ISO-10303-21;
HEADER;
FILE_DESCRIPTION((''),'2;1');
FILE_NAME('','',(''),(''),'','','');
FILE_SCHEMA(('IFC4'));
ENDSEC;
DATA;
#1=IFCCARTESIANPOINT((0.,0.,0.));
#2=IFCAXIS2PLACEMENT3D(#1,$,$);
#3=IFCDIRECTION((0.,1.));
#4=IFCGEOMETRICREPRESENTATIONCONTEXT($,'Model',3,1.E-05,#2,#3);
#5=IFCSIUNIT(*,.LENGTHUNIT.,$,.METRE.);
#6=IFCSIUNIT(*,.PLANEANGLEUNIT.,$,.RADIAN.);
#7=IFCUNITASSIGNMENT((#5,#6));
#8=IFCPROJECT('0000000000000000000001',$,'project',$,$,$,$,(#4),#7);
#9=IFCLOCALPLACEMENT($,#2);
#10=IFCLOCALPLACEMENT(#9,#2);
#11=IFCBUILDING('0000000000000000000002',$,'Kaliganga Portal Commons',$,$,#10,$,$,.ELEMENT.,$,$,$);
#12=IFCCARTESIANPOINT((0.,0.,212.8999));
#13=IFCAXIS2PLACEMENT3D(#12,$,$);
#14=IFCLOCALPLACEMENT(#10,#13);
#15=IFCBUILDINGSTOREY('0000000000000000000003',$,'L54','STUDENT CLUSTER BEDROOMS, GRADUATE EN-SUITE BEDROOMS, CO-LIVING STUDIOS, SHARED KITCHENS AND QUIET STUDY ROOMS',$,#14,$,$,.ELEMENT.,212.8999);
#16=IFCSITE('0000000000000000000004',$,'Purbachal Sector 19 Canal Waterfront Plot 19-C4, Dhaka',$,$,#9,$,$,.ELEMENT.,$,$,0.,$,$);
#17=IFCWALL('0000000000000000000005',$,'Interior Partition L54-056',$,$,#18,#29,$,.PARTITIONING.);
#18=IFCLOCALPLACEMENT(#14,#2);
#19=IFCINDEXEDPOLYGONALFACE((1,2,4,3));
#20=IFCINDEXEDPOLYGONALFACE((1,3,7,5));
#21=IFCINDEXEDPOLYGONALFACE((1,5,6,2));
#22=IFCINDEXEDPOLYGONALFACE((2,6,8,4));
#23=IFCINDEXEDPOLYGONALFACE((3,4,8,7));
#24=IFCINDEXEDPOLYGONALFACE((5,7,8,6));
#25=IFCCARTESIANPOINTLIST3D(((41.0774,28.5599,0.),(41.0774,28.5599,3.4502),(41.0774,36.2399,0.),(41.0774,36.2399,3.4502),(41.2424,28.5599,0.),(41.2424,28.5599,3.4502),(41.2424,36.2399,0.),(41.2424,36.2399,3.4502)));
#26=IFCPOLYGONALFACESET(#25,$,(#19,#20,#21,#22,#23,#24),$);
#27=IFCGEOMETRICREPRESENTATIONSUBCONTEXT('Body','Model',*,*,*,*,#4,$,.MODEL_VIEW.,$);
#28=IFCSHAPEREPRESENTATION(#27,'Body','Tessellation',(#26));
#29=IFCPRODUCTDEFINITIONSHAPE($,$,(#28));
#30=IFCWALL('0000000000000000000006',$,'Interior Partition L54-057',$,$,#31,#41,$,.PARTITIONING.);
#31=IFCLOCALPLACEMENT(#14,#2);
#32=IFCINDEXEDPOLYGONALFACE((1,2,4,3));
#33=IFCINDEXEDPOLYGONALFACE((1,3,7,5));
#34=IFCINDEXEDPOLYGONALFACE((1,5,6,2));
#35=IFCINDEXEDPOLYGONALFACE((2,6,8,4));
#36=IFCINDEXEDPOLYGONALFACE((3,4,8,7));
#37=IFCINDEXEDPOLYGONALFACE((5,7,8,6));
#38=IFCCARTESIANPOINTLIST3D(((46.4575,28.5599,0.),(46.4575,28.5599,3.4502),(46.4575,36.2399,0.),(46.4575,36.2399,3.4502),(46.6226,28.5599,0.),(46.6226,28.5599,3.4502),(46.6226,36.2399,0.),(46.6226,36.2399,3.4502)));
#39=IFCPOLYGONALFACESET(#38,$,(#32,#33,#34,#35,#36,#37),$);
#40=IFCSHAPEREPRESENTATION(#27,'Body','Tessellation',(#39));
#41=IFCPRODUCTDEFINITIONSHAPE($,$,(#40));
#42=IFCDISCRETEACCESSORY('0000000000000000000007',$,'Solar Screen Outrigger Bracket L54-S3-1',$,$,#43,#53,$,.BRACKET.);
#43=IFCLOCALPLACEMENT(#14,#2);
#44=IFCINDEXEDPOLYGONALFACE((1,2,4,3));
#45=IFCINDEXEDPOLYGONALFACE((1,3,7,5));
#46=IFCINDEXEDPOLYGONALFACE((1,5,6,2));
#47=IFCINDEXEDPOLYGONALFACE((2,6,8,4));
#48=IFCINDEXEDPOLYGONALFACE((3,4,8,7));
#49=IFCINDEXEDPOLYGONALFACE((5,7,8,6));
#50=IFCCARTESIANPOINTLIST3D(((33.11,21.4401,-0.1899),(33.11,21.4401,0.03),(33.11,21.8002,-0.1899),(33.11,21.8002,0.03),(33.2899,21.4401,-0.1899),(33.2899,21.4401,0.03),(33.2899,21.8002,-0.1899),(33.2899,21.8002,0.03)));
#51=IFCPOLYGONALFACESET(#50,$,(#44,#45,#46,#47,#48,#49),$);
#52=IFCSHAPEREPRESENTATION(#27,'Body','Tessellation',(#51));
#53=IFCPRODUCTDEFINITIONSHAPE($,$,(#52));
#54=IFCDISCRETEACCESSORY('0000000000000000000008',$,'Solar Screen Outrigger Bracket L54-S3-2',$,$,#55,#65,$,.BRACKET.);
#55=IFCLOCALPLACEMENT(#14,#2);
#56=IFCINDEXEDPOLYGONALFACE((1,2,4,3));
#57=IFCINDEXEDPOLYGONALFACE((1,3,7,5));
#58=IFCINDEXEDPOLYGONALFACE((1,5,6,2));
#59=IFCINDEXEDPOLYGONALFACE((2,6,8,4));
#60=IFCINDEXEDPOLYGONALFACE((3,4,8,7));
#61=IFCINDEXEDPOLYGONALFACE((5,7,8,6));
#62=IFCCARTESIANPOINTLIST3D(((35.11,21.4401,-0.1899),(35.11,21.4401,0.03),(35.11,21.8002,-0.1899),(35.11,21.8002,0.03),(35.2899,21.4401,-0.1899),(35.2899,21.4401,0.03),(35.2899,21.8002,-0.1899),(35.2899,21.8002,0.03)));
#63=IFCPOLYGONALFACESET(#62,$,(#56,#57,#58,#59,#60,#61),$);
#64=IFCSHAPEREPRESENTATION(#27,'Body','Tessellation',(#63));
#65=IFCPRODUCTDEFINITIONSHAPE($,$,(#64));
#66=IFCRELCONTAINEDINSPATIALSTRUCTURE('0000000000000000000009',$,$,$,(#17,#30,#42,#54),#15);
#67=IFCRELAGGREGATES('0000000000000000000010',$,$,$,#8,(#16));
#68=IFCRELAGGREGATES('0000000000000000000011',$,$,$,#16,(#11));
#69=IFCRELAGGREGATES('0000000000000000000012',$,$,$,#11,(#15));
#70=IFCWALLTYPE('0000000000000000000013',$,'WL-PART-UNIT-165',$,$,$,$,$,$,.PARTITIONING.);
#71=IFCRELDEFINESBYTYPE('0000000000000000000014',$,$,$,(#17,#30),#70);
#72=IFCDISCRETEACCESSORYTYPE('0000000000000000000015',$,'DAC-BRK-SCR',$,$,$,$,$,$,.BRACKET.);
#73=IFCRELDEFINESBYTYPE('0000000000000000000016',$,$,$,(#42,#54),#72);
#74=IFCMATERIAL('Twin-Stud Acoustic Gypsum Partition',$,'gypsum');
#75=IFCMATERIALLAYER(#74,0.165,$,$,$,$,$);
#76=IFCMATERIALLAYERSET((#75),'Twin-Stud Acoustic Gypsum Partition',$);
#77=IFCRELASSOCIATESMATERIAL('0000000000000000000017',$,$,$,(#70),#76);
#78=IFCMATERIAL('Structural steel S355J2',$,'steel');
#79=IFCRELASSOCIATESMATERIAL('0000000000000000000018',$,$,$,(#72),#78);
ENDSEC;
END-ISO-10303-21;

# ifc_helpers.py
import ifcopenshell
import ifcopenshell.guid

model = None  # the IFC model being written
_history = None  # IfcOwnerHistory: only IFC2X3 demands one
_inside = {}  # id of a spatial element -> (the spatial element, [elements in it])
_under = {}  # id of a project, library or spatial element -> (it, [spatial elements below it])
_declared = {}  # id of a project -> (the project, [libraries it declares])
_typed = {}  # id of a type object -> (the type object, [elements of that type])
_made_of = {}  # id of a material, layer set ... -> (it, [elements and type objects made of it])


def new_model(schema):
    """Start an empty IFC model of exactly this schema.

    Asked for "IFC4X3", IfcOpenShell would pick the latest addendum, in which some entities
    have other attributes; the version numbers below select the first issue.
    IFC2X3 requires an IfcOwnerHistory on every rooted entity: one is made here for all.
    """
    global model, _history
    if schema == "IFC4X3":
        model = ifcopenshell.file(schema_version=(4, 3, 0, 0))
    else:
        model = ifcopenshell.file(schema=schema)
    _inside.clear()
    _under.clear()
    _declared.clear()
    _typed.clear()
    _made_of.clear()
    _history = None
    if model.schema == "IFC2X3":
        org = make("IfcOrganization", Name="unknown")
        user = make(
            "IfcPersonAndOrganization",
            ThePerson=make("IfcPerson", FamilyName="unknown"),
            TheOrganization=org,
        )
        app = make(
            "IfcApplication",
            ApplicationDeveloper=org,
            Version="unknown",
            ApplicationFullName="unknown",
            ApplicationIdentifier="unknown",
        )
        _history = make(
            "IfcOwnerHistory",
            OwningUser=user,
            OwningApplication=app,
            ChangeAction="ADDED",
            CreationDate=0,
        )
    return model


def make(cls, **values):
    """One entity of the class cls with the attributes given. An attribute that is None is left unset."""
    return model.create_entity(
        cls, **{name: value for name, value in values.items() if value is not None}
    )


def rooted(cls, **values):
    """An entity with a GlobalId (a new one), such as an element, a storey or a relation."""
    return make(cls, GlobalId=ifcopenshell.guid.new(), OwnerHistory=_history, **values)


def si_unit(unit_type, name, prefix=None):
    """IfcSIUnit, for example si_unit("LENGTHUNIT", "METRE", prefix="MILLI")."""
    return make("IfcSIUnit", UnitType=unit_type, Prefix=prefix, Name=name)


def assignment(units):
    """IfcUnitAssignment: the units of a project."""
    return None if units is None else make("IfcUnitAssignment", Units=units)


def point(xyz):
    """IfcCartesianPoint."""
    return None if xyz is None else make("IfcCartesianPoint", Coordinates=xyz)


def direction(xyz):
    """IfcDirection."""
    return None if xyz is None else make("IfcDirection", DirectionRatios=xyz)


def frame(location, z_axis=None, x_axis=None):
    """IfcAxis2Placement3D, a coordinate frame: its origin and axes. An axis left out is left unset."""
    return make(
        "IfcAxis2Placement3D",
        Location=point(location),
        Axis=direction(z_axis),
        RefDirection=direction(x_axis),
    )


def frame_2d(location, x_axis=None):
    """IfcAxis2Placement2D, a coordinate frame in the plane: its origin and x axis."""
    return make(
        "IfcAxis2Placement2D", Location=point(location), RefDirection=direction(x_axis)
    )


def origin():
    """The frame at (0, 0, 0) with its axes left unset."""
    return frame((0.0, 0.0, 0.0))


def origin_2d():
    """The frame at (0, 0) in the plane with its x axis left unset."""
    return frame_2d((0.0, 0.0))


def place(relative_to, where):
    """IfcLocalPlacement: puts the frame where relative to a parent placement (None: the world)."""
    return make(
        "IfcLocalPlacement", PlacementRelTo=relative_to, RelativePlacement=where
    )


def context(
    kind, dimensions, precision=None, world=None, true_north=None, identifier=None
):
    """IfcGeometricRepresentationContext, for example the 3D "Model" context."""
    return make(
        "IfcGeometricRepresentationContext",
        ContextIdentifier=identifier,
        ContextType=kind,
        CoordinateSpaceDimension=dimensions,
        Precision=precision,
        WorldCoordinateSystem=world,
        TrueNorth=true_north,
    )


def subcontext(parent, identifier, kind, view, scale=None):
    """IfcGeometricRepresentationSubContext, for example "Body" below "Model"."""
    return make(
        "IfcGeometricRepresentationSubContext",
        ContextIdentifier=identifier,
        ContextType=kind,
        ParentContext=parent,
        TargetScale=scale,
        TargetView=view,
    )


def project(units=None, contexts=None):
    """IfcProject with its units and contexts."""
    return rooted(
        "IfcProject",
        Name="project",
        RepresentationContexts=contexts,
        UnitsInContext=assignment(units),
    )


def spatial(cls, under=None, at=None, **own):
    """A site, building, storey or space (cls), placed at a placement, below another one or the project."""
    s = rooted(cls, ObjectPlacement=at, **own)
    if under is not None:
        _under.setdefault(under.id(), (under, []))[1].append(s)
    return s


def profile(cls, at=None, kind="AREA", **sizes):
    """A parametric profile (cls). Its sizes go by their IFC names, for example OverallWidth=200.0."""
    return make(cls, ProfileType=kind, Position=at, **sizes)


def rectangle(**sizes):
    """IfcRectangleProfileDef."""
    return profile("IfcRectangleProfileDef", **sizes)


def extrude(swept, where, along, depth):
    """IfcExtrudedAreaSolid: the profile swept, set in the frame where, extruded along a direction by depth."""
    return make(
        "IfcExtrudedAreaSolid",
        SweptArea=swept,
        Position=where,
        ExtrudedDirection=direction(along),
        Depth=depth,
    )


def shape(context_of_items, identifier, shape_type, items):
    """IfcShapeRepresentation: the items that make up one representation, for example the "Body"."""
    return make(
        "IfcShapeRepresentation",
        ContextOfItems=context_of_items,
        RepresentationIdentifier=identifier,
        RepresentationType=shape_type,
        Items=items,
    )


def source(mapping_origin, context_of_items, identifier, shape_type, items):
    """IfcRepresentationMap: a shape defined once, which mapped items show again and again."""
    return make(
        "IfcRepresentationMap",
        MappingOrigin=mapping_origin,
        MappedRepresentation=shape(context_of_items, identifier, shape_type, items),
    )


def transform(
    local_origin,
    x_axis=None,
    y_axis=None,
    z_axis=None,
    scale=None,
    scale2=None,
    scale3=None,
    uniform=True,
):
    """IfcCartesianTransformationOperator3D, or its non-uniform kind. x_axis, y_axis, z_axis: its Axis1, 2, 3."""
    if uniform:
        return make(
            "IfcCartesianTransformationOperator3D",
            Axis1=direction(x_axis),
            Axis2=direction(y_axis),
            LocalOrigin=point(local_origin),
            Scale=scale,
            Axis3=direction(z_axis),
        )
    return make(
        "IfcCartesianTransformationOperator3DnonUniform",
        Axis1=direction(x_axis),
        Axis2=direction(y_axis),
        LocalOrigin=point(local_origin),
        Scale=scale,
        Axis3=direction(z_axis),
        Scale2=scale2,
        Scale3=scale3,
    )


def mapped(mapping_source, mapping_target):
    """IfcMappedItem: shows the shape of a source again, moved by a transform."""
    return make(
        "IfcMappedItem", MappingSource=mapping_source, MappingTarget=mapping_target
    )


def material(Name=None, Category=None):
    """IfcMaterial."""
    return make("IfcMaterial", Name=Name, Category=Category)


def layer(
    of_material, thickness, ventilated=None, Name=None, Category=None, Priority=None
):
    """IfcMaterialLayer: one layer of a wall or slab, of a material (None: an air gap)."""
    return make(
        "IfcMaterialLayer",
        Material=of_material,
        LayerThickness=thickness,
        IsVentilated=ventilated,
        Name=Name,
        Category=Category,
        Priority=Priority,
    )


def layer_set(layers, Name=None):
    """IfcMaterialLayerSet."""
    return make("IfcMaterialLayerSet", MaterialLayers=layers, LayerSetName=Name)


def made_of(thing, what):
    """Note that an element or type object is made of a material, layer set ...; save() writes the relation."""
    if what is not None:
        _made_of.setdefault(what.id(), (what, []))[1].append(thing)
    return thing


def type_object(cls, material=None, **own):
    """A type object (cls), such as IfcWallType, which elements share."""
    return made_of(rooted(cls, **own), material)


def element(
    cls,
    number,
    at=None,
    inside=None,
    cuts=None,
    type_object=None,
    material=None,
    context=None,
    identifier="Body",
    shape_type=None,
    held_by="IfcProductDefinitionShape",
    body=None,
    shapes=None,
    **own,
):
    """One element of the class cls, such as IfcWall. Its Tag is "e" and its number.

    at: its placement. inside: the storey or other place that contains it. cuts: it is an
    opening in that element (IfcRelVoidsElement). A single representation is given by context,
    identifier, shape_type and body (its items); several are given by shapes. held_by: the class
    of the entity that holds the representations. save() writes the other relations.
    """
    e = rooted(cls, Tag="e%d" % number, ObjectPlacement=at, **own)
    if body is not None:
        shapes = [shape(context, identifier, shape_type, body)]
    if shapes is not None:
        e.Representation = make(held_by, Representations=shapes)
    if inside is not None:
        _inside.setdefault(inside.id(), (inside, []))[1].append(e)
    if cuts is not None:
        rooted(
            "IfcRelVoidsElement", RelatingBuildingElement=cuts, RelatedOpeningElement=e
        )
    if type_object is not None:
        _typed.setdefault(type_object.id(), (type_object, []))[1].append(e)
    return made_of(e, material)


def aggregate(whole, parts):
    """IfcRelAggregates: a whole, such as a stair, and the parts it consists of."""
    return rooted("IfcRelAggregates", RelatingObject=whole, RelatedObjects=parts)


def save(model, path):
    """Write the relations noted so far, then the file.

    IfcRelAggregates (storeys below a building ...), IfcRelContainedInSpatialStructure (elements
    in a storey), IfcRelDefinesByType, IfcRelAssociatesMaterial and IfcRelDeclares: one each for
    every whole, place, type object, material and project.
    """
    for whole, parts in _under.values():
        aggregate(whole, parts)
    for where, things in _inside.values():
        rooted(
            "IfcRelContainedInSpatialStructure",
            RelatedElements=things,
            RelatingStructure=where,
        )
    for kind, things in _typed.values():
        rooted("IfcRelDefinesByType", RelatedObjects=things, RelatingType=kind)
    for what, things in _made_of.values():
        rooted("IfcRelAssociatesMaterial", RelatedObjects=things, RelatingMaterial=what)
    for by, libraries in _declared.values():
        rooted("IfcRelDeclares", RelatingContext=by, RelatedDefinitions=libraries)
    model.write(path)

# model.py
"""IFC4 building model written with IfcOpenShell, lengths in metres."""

from ifc_helpers import new_model, si_unit, direction, frame, frame_2d, origin, origin_2d, place, context, subcontext, project, spatial, rectangle, extrude, source, transform, mapped, material, layer, layer_set, type_object, element, save


model = new_model("IFC4")

# Units and contexts
model_context = context("Model", 3, precision=1e-05, world=origin(), true_north=direction((0.0, 1.0)))
body_context = subcontext(model_context, "Body", "Model", "MODEL_VIEW")
ifc_project = project(units=[si_unit("LENGTHUNIT", "METRE"), si_unit("PLANEANGLEUNIT", "RADIAN")], contexts=[model_context])

# Site, building, storey
site_placement = place(None, origin())
site = spatial("IfcSite", under=ifc_project, at=site_placement, Name="Purbachal Sector 19 Canal Waterfront Plot 19-C4, Dhaka", CompositionType="ELEMENT", RefElevation=0.0)
building_placement = place(site_placement, origin())
building = spatial("IfcBuilding", under=site, at=building_placement, Name="Kaliganga Portal Commons", CompositionType="ELEMENT")
storey_placement = place(building_placement, frame((0.0, 0.0, 212.8999)))
storey = spatial("IfcBuildingStorey", under=building, at=storey_placement, Name="L54", Description="STUDENT CLUSTER BEDROOMS, GRADUATE EN-SUITE BEDROOMS, CO-LIVING STUDIOS, SHARED KITCHENS AND QUIET STUDY ROOMS", CompositionType="ELEMENT", Elevation=212.8999)

# Shared definitions
ifc_material_1 = material(Name="Structural steel S355J2", Category="steel")

# Walls
ifc_material_2 = material(Name="Twin-Stud Acoustic Gypsum Partition", Category="gypsum")
ifc_layer_1 = layer(ifc_material_2, 0.165)
ifc_layer_set_1 = layer_set([ifc_layer_1], Name="Twin-Stud Acoustic Gypsum Partition")
wall_type_1 = type_object("IfcWallType", Name="WL-PART-UNIT-165", PredefinedType="PARTITIONING", material=ifc_layer_set_1)
for number, where, z_axis, x_axis, name in (
    (1, (41.1599, 28.5601, 0.0), (0.0, 0.0, 1.0), (0.0, 1.0, 0.0), "Interior Partition L54-056"),
    (2, (46.54, 28.5601, 0.0), (0.0, 0.0, 1.0), (0.0, 1.0, 0.0), "Interior Partition L54-057"),
):
    element("IfcWall", number, at=place(storey_placement, frame(where, z_axis=z_axis, x_axis=x_axis)), inside=storey, type_object=wall_type_1, Name=name, PredefinedType="PARTITIONING", context=body_context, shape_type="SweptSolid", body=[
        extrude(rectangle(XDim=7.6799, YDim=0.165, at=frame_2d((3.8398, 0.0))), origin(), (0.0, 0.0, 1.0), 3.4502),
    ])

# Discrete accessories
discrete_accessory_type = type_object("IfcDiscreteAccessoryType", Name="DAC-BRK-SCR", PredefinedType="BRACKET", material=ifc_material_1)
shared_shape_1 = source(origin(), body_context, "Body", "SweptSolid", [
    extrude(rectangle(XDim=0.1799, YDim=0.3601, at=origin_2d()), origin(), (0.0, 0.0, 1.0), 0.22),
])
for number, where, z_axis, x_axis, name in (
    (3, (33.2, 21.6201, -0.1899), (0.0, 0.0, 1.0), (1.0, 0.0, 0.0), "Solar Screen Outrigger Bracket L54-S3-1"),
    (4, (35.2, 21.6201, -0.1899), (0.0, 0.0, 1.0), (1.0, 0.0, 0.0), "Solar Screen Outrigger Bracket L54-S3-2"),
):
    element("IfcDiscreteAccessory", number, at=place(storey_placement, frame(where, z_axis=z_axis, x_axis=x_axis)), inside=storey, type_object=discrete_accessory_type, Name=name, PredefinedType="BRACKET", context=body_context, shape_type="MappedRepresentation", body=[
        mapped(shared_shape_1, transform((0.0, 0.0, 0.0), x_axis=(1.0, 0.0, 0.0), y_axis=(0.0, 1.0, 0.0), z_axis=(0.0, 0.0, 1.0), scale=1.0)),
    ])

save(model, "model.ifc")
